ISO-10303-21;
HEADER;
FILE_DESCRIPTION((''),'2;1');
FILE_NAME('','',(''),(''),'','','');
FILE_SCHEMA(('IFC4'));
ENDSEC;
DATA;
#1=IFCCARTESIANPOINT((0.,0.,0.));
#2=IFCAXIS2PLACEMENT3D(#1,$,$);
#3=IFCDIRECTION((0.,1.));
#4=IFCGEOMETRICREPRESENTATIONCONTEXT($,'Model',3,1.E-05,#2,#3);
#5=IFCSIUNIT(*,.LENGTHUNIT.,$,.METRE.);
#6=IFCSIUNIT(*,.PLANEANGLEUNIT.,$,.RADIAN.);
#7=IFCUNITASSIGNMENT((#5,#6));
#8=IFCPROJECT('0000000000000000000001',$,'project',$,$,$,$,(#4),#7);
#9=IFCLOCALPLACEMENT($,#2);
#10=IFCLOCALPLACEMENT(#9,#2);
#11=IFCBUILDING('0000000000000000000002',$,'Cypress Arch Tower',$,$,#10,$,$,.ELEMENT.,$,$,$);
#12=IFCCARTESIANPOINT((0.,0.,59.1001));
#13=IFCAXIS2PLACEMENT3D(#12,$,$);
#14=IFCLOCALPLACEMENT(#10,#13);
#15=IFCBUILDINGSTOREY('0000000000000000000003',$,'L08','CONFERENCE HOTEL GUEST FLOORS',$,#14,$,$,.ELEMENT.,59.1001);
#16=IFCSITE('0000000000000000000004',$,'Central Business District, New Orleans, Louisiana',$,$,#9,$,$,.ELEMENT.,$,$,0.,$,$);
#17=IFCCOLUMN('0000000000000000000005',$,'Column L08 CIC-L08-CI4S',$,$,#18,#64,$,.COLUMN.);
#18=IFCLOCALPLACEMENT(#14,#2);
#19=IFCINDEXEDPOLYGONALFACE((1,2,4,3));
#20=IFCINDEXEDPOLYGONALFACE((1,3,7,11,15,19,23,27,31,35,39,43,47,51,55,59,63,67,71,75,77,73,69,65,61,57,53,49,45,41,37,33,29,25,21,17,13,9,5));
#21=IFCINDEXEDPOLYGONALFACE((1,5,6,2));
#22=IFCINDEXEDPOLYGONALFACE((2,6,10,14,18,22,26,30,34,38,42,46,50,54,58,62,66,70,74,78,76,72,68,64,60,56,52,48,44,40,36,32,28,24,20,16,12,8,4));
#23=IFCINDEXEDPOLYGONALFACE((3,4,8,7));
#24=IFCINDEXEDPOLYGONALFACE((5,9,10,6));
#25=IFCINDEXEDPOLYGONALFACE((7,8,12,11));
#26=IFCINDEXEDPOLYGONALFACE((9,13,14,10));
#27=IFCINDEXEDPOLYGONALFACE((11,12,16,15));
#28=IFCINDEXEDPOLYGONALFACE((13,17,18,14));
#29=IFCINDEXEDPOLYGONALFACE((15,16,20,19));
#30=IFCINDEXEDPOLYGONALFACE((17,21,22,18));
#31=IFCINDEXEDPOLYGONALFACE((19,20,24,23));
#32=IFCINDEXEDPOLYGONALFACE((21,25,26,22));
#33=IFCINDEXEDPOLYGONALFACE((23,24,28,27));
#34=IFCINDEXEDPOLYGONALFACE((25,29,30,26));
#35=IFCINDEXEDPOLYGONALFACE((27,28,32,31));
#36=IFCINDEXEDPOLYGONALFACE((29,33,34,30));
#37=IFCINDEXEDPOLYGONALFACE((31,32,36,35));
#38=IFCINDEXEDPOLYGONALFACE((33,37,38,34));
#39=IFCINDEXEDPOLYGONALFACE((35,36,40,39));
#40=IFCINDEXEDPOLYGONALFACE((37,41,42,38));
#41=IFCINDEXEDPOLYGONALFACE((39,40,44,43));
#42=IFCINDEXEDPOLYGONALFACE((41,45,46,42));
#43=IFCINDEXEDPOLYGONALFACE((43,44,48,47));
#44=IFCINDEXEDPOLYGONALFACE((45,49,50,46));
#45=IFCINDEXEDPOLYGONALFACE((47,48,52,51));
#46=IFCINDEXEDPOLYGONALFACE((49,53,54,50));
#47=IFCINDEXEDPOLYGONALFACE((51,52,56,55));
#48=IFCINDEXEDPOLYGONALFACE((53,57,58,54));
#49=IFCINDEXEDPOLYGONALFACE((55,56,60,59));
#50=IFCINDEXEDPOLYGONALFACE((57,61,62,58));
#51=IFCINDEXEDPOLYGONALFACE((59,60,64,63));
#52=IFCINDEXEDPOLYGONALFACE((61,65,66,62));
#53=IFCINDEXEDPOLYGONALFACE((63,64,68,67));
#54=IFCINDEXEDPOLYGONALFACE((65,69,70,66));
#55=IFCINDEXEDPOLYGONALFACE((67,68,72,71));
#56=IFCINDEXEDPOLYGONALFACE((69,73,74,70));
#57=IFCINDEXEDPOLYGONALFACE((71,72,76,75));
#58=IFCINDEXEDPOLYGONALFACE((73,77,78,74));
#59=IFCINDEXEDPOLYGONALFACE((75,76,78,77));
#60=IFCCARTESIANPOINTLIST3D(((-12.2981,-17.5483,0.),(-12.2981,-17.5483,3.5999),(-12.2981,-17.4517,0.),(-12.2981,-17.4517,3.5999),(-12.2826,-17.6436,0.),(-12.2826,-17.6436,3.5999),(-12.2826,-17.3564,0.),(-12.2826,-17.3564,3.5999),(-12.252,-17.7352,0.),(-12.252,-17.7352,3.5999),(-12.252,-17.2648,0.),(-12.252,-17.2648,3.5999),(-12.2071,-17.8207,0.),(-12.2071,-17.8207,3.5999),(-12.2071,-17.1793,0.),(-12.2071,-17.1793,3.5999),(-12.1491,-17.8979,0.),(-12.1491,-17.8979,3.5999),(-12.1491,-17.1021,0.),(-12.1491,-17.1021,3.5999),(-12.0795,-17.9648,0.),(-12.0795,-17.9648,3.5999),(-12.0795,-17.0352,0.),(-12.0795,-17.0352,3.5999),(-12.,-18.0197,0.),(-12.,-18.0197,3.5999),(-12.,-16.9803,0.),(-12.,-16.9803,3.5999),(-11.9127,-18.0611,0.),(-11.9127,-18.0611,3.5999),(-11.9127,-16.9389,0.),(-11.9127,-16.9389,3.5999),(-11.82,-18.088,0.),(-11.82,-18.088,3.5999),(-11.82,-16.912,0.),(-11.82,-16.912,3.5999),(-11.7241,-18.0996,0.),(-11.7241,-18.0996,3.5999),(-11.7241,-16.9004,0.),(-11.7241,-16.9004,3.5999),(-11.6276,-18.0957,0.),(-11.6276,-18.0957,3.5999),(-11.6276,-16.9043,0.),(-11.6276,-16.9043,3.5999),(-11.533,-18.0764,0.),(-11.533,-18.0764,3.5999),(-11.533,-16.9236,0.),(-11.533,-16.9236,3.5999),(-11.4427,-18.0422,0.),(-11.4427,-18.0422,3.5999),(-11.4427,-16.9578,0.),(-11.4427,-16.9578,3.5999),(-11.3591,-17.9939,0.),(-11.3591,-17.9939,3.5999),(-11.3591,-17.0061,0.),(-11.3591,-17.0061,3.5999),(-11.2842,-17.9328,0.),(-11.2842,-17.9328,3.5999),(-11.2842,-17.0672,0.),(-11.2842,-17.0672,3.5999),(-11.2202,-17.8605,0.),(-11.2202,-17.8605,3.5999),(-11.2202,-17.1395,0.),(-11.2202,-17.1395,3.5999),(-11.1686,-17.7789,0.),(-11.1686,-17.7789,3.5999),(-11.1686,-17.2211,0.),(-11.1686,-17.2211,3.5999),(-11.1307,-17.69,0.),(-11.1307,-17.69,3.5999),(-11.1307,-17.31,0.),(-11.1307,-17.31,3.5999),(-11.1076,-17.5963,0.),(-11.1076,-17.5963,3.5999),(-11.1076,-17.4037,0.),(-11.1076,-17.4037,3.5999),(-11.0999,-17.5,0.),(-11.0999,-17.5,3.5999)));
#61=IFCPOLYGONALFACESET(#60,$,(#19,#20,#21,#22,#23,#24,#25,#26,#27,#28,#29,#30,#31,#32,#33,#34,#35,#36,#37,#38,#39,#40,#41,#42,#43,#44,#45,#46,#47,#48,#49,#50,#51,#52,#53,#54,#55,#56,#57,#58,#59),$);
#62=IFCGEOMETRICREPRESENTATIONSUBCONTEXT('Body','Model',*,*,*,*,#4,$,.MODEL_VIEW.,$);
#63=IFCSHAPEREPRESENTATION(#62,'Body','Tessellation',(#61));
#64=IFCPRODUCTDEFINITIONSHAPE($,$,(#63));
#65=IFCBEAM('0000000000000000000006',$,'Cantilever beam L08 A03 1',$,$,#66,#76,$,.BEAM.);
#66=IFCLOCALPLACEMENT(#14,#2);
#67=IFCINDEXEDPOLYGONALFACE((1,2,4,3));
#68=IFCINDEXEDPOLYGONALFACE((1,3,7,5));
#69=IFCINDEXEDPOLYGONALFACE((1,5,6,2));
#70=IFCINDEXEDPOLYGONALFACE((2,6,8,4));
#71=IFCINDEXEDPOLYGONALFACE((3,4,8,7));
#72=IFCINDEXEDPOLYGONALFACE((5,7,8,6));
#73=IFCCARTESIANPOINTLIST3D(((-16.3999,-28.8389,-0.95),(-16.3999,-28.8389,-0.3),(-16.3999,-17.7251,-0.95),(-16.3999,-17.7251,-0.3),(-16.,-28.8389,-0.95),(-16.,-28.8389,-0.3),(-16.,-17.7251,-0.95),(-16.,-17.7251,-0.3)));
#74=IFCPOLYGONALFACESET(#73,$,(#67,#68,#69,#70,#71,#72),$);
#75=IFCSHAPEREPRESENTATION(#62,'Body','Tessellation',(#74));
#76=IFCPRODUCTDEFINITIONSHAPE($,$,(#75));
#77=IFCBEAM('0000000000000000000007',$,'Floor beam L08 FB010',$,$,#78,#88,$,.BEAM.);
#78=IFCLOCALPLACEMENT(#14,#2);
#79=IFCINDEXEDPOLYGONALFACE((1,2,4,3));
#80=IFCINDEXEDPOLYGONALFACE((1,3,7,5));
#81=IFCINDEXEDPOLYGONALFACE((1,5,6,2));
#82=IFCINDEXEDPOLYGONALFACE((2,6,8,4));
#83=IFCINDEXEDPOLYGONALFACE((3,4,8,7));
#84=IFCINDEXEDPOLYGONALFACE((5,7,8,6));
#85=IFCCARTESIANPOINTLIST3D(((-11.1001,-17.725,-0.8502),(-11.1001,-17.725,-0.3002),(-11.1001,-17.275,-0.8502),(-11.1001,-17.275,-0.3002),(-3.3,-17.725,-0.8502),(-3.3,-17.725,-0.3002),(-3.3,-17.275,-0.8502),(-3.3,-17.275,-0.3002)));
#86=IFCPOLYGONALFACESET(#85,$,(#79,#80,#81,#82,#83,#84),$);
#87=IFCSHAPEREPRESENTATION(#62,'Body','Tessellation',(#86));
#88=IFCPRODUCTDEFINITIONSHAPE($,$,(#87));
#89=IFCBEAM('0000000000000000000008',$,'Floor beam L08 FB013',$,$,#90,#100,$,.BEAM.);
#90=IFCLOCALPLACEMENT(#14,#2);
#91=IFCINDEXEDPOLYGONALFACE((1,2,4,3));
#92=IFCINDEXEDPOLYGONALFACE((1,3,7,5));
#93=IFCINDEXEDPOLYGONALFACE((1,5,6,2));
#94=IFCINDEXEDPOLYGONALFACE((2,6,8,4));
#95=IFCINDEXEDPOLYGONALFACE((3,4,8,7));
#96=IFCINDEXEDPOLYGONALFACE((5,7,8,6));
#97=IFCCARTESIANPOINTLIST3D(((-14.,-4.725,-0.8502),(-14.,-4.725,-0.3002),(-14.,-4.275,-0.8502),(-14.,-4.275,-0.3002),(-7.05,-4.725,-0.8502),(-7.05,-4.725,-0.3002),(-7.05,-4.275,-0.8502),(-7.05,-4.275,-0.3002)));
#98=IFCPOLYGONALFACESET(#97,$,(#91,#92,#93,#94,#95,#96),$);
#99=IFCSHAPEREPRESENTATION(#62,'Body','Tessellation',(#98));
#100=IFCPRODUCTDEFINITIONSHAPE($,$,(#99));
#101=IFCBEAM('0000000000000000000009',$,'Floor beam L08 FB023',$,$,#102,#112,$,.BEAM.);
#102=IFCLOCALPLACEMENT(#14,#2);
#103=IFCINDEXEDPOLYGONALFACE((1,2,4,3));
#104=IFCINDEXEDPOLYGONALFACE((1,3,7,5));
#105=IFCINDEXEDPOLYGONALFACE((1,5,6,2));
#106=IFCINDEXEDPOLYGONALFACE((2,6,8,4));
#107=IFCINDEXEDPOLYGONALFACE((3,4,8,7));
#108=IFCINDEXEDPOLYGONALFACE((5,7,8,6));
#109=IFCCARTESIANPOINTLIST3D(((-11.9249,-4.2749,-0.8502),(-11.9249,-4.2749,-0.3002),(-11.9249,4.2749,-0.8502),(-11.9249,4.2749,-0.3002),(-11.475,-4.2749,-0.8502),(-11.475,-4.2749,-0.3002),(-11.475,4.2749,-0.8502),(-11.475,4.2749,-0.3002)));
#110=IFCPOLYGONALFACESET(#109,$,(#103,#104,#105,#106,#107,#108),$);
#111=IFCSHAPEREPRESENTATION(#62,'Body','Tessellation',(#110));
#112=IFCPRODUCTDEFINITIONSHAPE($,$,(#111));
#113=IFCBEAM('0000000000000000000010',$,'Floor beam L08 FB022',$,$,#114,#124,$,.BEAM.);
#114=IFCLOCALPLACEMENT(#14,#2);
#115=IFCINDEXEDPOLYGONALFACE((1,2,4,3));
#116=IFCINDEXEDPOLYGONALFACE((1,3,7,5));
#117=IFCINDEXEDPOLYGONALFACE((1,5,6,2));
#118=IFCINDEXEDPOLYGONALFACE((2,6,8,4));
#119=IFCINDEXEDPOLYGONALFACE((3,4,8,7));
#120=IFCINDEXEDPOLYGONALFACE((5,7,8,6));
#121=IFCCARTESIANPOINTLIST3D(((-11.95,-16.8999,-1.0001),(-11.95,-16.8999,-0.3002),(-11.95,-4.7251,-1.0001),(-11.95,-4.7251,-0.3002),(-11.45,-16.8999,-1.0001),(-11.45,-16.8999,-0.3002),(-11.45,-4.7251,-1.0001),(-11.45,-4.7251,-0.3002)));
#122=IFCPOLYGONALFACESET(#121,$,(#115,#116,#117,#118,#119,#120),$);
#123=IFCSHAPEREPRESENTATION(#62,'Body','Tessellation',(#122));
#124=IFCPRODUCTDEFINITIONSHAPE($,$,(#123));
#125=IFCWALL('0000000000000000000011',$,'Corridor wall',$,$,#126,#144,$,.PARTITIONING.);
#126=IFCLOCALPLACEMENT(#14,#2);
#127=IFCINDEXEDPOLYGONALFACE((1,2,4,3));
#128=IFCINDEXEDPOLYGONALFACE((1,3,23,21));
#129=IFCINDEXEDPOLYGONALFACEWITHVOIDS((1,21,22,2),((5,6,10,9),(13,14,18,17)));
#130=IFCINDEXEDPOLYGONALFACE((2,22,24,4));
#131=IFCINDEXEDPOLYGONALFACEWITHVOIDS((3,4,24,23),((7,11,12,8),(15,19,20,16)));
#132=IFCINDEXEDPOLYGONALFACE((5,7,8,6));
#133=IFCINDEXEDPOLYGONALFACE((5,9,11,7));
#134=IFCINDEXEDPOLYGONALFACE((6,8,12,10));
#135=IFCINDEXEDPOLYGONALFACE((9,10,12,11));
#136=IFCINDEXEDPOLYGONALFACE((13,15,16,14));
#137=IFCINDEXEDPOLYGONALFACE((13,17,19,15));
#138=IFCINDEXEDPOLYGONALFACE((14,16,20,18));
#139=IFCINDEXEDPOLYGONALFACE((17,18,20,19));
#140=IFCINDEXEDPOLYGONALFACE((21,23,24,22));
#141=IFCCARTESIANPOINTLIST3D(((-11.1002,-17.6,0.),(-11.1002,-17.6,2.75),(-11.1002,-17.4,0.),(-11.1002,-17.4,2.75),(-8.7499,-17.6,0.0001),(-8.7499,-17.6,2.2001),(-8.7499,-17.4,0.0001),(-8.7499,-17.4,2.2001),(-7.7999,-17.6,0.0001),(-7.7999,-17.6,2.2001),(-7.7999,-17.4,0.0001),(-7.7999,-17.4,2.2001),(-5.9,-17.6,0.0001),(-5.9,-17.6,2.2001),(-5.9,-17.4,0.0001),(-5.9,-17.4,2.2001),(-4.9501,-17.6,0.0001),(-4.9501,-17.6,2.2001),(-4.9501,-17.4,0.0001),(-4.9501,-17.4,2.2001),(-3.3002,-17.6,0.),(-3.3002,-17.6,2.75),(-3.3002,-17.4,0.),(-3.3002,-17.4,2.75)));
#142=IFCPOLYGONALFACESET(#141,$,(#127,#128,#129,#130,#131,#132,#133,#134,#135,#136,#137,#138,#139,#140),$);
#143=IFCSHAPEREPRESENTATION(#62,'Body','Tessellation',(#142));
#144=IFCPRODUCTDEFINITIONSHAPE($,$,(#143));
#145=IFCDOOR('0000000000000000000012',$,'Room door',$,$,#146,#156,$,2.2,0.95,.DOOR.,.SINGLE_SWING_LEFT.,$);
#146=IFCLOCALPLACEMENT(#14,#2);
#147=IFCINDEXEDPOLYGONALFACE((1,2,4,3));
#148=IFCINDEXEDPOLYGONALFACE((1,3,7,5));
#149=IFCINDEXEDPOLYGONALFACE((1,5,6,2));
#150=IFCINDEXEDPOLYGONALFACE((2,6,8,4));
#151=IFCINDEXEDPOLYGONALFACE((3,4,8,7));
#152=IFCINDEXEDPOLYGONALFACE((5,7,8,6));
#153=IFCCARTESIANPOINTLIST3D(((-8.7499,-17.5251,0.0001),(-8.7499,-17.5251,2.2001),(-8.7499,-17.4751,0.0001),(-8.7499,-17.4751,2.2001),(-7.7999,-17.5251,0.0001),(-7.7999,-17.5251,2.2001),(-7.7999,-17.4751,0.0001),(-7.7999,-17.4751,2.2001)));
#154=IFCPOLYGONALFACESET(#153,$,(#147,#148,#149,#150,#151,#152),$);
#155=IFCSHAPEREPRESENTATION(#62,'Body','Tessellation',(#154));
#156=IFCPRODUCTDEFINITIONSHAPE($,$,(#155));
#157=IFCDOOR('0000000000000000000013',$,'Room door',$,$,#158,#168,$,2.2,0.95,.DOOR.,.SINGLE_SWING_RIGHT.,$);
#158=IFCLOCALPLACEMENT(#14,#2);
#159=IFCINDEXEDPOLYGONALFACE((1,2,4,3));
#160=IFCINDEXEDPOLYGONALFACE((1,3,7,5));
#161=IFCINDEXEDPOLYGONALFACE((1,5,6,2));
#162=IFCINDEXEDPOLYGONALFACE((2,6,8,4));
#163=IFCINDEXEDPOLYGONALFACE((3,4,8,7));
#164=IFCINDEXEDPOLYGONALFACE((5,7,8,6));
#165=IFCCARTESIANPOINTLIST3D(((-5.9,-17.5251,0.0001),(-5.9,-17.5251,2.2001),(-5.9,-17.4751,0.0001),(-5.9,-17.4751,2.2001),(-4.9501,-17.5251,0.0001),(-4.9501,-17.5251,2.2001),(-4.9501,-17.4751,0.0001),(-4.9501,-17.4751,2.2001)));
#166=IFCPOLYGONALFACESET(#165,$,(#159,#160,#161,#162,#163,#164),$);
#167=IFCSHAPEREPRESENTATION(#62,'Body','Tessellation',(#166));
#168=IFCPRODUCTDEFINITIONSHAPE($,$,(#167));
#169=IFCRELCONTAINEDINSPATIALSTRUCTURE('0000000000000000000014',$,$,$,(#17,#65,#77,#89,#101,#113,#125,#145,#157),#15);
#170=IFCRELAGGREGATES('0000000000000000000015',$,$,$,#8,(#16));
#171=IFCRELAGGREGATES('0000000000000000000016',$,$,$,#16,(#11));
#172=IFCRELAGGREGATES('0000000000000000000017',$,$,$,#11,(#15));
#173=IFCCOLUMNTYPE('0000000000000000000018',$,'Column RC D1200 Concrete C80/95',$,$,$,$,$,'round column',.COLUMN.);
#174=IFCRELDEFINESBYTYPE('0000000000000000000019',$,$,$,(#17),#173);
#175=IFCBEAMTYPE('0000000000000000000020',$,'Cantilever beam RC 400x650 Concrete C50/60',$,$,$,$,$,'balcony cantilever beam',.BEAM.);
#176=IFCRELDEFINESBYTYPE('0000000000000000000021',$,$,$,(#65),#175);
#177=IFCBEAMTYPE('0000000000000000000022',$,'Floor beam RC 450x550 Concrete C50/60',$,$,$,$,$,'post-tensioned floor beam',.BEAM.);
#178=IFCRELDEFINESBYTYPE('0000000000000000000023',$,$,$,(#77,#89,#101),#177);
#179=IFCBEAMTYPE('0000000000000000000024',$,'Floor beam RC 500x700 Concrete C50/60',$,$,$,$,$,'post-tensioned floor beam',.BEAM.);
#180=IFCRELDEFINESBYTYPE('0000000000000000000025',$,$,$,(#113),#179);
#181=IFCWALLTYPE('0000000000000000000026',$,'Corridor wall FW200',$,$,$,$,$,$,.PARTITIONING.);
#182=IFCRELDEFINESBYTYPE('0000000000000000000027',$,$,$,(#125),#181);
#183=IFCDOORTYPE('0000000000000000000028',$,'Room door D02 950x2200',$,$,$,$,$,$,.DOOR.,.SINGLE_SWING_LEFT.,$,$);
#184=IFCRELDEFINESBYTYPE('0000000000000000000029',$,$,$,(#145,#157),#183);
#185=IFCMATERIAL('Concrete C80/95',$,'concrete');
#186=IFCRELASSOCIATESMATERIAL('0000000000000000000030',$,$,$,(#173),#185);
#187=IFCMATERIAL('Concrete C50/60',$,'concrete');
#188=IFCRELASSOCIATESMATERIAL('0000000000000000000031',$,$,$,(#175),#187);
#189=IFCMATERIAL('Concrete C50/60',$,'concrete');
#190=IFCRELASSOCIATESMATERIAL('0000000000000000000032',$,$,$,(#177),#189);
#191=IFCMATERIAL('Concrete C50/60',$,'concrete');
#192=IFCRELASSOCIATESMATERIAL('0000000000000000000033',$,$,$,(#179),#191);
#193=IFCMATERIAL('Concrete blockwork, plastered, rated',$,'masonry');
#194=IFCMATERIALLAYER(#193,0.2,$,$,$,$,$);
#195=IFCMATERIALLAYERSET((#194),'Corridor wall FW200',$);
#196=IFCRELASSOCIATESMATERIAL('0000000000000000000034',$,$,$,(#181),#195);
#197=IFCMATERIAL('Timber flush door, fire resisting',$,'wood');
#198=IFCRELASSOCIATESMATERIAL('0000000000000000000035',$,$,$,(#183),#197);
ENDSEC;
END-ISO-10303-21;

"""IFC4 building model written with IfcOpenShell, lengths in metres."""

from ifc_helpers import new_model, si_unit, direction, frame, frame_2d, origin, origin_2d, place, context, subcontext, project, spatial, rectangle, circle, extrude, material, layer, layer_set, material_profile, profile_set, type_object, element, fill, save


model = new_model("IFC4")

# Units and contexts
model_context = context("Model", 3, precision=1e-05, world=origin(), true_north=direction((0.0, 1.0)))
body_context = subcontext(model_context, "Body", "Model", "MODEL_VIEW")
ifc_project = project(units=[si_unit("LENGTHUNIT", "METRE"), si_unit("PLANEANGLEUNIT", "RADIAN")], contexts=[model_context])

# Site, building, storey
site_placement = place(None, origin())
site = spatial("IfcSite", under=ifc_project, at=site_placement, Name="Central Business District, New Orleans, Louisiana", CompositionType="ELEMENT", RefElevation=0.0)
building_placement = place(site_placement, origin())
building = spatial("IfcBuilding", under=site, at=building_placement, Name="Cypress Arch Tower", CompositionType="ELEMENT")
storey_placement = place(building_placement, frame((0.0, 0.0, 59.1001)))
storey = spatial("IfcBuildingStorey", under=building, at=storey_placement, Name="L08", Description="CONFERENCE HOTEL GUEST FLOORS", CompositionType="ELEMENT", Elevation=59.1001)

# Column
ifc_material_1 = material(Name="Concrete C80/95", Category="concrete")
ifc_material_profile_1 = material_profile(ifc_material_1, circle(Radius=0.6001, at=origin_2d()), Name="RC D1200")
ifc_profile_set_1 = profile_set([ifc_material_profile_1], Name="Concrete C80/95")
column_type = type_object("IfcColumnType", Name="Column RC D1200 Concrete C80/95", ElementType="round column", PredefinedType="COLUMN", material=ifc_profile_set_1)
column_placement = place(storey_placement, frame((-11.7, -17.5, 0.0), z_axis=(0.0, 0.0, 1.0), x_axis=(1.0, 0.0, 0.0)))
element("IfcColumn", 1, at=column_placement, inside=storey, type_object=column_type, Name="Column L08 CIC-L08-CI4S", PredefinedType="COLUMN", context=body_context, shape_type="SweptSolid", body=[
    extrude(circle(Radius=0.6001, at=origin_2d()), origin(), (0.0, 0.0, 1.0), 3.5999),
])

# Beams
ifc_material_2 = material(Name="Concrete C50/60", Category="concrete")
ifc_material_profile_2 = material_profile(ifc_material_2, rectangle(XDim=0.3999, YDim=0.6499, at=origin_2d()), Name="RC 400x650")
ifc_profile_set_2 = profile_set([ifc_material_profile_2], Name="Concrete C50/60")
beam_type_1 = type_object("IfcBeamType", Name="Cantilever beam RC 400x650 Concrete C50/60", ElementType="balcony cantilever beam", PredefinedType="BEAM", material=ifc_profile_set_2)
beam_1_placement = place(storey_placement, frame((-16.2, -17.7251, -0.625), z_axis=(0.0, -1.0, 0.0), x_axis=(1.0, 0.0, 0.0)))
element("IfcBeam", 2, at=beam_1_placement, inside=storey, type_object=beam_type_1, Name="Cantilever beam L08 A03 1", PredefinedType="BEAM", context=body_context, shape_type="SweptSolid", body=[
    extrude(rectangle(XDim=0.3999, YDim=0.6499, at=origin_2d()), origin(), (0.0, 0.0, 1.0), 11.1138),
])
ifc_material_3 = material(Name="Concrete C50/60", Category="concrete")
ifc_material_profile_3 = material_profile(ifc_material_3, rectangle(XDim=0.45, YDim=0.55, at=origin_2d()), Name="RC 450x550")
ifc_profile_set_3 = profile_set([ifc_material_profile_3], Name="Concrete C50/60")
beam_type_2 = type_object("IfcBeamType", Name="Floor beam RC 450x550 Concrete C50/60", ElementType="post-tensioned floor beam", PredefinedType="BEAM", material=ifc_profile_set_3)
beam_2_placement = place(storey_placement, frame((-11.1001, -17.5, -0.5752), z_axis=(1.0, 0.0, 0.0), x_axis=(0.0, 1.0, 0.0)))
element("IfcBeam", 3, at=beam_2_placement, inside=storey, type_object=beam_type_2, Name="Floor beam L08 FB010", PredefinedType="BEAM", context=body_context, shape_type="SweptSolid", body=[
    extrude(rectangle(XDim=0.45, YDim=0.55, at=origin_2d()), origin(), (0.0, 0.0, 1.0), 7.8),
])
beam_3_placement = place(storey_placement, frame((-14.0, -4.5, -0.5752), z_axis=(1.0, 0.0, 0.0), x_axis=(0.0, 1.0, 0.0)))
element("IfcBeam", 4, at=beam_3_placement, inside=storey, type_object=beam_type_2, Name="Floor beam L08 FB013", PredefinedType="BEAM", context=body_context, shape_type="SweptSolid", body=[
    extrude(rectangle(XDim=0.45, YDim=0.55, at=origin_2d()), origin(), (0.0, 0.0, 1.0), 6.95),
])
beam_4_placement = place(storey_placement, frame((-11.7, -4.2749, -0.5752), z_axis=(0.0, 1.0, 0.0), x_axis=(-1.0, 0.0, 0.0)))
element("IfcBeam", 5, at=beam_4_placement, inside=storey, type_object=beam_type_2, Name="Floor beam L08 FB023", PredefinedType="BEAM", context=body_context, shape_type="SweptSolid", body=[
    extrude(rectangle(XDim=0.45, YDim=0.55, at=origin_2d()), origin(), (0.0, 0.0, 1.0), 8.5498),
])
ifc_material_4 = material(Name="Concrete C50/60", Category="concrete")
ifc_material_profile_4 = material_profile(ifc_material_4, rectangle(XDim=0.5, YDim=0.7, at=origin_2d()), Name="RC 500x700")
ifc_profile_set_4 = profile_set([ifc_material_profile_4], Name="Concrete C50/60")
beam_type_3 = type_object("IfcBeamType", Name="Floor beam RC 500x700 Concrete C50/60", ElementType="post-tensioned floor beam", PredefinedType="BEAM", material=ifc_profile_set_4)
beam_5_placement = place(storey_placement, frame((-11.7, -16.8999, -0.6501), z_axis=(0.0, 1.0, 0.0), x_axis=(-1.0, 0.0, 0.0)))
element("IfcBeam", 6, at=beam_5_placement, inside=storey, type_object=beam_type_3, Name="Floor beam L08 FB022", PredefinedType="BEAM", context=body_context, shape_type="SweptSolid", body=[
    extrude(rectangle(XDim=0.5, YDim=0.7, at=origin_2d()), origin(), (0.0, 0.0, 1.0), 12.1748),
])

# Wall, openings, doors
ifc_material_5 = material(Name="Concrete blockwork, plastered, rated", Category="masonry")
ifc_layer_1 = layer(ifc_material_5, 0.2)
ifc_layer_set_1 = layer_set([ifc_layer_1], Name="Corridor wall FW200")
wall_type_1 = type_object("IfcWallType", Name="Corridor wall FW200", PredefinedType="PARTITIONING", material=ifc_layer_set_1)
wall_1_placement = place(storey_placement, frame((-11.1001, -17.5, 0.0), z_axis=(0.0, 0.0, 1.0), x_axis=(1.0, 0.0, 0.0)))
wall_1 = element("IfcWall", 7, at=wall_1_placement, inside=storey, type_object=wall_type_1, Name="Corridor wall", PredefinedType="PARTITIONING", context=body_context, shape_type="SweptSolid", body=[
    extrude(rectangle(XDim=7.8, YDim=0.2, at=frame_2d((3.8999, 0.0))), origin(), (0.0, 0.0, 1.0), 2.75),
])
opening_1_placement = place(wall_1_placement, frame((2.3501, 0.0, 0.0)))
opening_1 = element("IfcOpeningElement", 8, at=opening_1_placement, cuts=wall_1, PredefinedType="OPENING", context=body_context, shape_type="SweptSolid", body=[
    extrude(rectangle(XDim=0.95, YDim=2.2, at=frame_2d((0.4751, 1.1001))), frame((0.0, 0.1099, 0.0), z_axis=(0.0, -1.0, 0.0), x_axis=(1.0, 0.0, 0.0)), (0.0, 0.0, 1.0), 0.22),
])
opening_2_placement = place(wall_1_placement, frame((5.2, 0.0, 0.0)))
opening_2 = element("IfcOpeningElement", 9, at=opening_2_placement, cuts=wall_1, PredefinedType="OPENING", context=body_context, shape_type="SweptSolid", body=[
    extrude(rectangle(XDim=0.95, YDim=2.2, at=frame_2d((0.4751, 1.1001))), frame((0.0, 0.1099, 0.0), z_axis=(0.0, -1.0, 0.0), x_axis=(1.0, 0.0, 0.0)), (0.0, 0.0, 1.0), 0.22),
])
ifc_material_6 = material(Name="Timber flush door, fire resisting", Category="wood")
door_type_1 = type_object("IfcDoorType", Name="Room door D02 950x2200", OperationType="SINGLE_SWING_LEFT", PredefinedType="DOOR", material=ifc_material_6)
door_1_placement = place(opening_1_placement, origin())
door_1 = element("IfcDoor", 10, at=door_1_placement, inside=storey, type_object=door_type_1, Name="Room door", OperationType="SINGLE_SWING_LEFT", OverallHeight=2.2, OverallWidth=0.95, PredefinedType="DOOR", context=body_context, shape_type="SweptSolid", body=[
    extrude(rectangle(XDim=0.95, YDim=2.2, at=frame_2d((0.4751, 1.1001))), frame((0.0, 0.0249, 0.0), z_axis=(0.0, -1.0, 0.0), x_axis=(1.0, 0.0, 0.0)), (0.0, 0.0, 1.0), 0.05),
])
fill(opening_1, door_1)
door_2_placement = place(opening_2_placement, origin())
door_2 = element("IfcDoor", 11, at=door_2_placement, inside=storey, type_object=door_type_1, Name="Room door", OperationType="SINGLE_SWING_RIGHT", OverallHeight=2.2, OverallWidth=0.95, PredefinedType="DOOR", context=body_context, shape_type="SweptSolid", body=[
    extrude(rectangle(XDim=0.95, YDim=2.2, at=frame_2d((0.4751, 1.1001))), frame((0.0, 0.0249, 0.0), z_axis=(0.0, -1.0, 0.0), x_axis=(1.0, 0.0, 0.0)), (0.0, 0.0, 1.0), 0.05),
])
fill(opening_2, door_2)

save(model, "model.ifc")
